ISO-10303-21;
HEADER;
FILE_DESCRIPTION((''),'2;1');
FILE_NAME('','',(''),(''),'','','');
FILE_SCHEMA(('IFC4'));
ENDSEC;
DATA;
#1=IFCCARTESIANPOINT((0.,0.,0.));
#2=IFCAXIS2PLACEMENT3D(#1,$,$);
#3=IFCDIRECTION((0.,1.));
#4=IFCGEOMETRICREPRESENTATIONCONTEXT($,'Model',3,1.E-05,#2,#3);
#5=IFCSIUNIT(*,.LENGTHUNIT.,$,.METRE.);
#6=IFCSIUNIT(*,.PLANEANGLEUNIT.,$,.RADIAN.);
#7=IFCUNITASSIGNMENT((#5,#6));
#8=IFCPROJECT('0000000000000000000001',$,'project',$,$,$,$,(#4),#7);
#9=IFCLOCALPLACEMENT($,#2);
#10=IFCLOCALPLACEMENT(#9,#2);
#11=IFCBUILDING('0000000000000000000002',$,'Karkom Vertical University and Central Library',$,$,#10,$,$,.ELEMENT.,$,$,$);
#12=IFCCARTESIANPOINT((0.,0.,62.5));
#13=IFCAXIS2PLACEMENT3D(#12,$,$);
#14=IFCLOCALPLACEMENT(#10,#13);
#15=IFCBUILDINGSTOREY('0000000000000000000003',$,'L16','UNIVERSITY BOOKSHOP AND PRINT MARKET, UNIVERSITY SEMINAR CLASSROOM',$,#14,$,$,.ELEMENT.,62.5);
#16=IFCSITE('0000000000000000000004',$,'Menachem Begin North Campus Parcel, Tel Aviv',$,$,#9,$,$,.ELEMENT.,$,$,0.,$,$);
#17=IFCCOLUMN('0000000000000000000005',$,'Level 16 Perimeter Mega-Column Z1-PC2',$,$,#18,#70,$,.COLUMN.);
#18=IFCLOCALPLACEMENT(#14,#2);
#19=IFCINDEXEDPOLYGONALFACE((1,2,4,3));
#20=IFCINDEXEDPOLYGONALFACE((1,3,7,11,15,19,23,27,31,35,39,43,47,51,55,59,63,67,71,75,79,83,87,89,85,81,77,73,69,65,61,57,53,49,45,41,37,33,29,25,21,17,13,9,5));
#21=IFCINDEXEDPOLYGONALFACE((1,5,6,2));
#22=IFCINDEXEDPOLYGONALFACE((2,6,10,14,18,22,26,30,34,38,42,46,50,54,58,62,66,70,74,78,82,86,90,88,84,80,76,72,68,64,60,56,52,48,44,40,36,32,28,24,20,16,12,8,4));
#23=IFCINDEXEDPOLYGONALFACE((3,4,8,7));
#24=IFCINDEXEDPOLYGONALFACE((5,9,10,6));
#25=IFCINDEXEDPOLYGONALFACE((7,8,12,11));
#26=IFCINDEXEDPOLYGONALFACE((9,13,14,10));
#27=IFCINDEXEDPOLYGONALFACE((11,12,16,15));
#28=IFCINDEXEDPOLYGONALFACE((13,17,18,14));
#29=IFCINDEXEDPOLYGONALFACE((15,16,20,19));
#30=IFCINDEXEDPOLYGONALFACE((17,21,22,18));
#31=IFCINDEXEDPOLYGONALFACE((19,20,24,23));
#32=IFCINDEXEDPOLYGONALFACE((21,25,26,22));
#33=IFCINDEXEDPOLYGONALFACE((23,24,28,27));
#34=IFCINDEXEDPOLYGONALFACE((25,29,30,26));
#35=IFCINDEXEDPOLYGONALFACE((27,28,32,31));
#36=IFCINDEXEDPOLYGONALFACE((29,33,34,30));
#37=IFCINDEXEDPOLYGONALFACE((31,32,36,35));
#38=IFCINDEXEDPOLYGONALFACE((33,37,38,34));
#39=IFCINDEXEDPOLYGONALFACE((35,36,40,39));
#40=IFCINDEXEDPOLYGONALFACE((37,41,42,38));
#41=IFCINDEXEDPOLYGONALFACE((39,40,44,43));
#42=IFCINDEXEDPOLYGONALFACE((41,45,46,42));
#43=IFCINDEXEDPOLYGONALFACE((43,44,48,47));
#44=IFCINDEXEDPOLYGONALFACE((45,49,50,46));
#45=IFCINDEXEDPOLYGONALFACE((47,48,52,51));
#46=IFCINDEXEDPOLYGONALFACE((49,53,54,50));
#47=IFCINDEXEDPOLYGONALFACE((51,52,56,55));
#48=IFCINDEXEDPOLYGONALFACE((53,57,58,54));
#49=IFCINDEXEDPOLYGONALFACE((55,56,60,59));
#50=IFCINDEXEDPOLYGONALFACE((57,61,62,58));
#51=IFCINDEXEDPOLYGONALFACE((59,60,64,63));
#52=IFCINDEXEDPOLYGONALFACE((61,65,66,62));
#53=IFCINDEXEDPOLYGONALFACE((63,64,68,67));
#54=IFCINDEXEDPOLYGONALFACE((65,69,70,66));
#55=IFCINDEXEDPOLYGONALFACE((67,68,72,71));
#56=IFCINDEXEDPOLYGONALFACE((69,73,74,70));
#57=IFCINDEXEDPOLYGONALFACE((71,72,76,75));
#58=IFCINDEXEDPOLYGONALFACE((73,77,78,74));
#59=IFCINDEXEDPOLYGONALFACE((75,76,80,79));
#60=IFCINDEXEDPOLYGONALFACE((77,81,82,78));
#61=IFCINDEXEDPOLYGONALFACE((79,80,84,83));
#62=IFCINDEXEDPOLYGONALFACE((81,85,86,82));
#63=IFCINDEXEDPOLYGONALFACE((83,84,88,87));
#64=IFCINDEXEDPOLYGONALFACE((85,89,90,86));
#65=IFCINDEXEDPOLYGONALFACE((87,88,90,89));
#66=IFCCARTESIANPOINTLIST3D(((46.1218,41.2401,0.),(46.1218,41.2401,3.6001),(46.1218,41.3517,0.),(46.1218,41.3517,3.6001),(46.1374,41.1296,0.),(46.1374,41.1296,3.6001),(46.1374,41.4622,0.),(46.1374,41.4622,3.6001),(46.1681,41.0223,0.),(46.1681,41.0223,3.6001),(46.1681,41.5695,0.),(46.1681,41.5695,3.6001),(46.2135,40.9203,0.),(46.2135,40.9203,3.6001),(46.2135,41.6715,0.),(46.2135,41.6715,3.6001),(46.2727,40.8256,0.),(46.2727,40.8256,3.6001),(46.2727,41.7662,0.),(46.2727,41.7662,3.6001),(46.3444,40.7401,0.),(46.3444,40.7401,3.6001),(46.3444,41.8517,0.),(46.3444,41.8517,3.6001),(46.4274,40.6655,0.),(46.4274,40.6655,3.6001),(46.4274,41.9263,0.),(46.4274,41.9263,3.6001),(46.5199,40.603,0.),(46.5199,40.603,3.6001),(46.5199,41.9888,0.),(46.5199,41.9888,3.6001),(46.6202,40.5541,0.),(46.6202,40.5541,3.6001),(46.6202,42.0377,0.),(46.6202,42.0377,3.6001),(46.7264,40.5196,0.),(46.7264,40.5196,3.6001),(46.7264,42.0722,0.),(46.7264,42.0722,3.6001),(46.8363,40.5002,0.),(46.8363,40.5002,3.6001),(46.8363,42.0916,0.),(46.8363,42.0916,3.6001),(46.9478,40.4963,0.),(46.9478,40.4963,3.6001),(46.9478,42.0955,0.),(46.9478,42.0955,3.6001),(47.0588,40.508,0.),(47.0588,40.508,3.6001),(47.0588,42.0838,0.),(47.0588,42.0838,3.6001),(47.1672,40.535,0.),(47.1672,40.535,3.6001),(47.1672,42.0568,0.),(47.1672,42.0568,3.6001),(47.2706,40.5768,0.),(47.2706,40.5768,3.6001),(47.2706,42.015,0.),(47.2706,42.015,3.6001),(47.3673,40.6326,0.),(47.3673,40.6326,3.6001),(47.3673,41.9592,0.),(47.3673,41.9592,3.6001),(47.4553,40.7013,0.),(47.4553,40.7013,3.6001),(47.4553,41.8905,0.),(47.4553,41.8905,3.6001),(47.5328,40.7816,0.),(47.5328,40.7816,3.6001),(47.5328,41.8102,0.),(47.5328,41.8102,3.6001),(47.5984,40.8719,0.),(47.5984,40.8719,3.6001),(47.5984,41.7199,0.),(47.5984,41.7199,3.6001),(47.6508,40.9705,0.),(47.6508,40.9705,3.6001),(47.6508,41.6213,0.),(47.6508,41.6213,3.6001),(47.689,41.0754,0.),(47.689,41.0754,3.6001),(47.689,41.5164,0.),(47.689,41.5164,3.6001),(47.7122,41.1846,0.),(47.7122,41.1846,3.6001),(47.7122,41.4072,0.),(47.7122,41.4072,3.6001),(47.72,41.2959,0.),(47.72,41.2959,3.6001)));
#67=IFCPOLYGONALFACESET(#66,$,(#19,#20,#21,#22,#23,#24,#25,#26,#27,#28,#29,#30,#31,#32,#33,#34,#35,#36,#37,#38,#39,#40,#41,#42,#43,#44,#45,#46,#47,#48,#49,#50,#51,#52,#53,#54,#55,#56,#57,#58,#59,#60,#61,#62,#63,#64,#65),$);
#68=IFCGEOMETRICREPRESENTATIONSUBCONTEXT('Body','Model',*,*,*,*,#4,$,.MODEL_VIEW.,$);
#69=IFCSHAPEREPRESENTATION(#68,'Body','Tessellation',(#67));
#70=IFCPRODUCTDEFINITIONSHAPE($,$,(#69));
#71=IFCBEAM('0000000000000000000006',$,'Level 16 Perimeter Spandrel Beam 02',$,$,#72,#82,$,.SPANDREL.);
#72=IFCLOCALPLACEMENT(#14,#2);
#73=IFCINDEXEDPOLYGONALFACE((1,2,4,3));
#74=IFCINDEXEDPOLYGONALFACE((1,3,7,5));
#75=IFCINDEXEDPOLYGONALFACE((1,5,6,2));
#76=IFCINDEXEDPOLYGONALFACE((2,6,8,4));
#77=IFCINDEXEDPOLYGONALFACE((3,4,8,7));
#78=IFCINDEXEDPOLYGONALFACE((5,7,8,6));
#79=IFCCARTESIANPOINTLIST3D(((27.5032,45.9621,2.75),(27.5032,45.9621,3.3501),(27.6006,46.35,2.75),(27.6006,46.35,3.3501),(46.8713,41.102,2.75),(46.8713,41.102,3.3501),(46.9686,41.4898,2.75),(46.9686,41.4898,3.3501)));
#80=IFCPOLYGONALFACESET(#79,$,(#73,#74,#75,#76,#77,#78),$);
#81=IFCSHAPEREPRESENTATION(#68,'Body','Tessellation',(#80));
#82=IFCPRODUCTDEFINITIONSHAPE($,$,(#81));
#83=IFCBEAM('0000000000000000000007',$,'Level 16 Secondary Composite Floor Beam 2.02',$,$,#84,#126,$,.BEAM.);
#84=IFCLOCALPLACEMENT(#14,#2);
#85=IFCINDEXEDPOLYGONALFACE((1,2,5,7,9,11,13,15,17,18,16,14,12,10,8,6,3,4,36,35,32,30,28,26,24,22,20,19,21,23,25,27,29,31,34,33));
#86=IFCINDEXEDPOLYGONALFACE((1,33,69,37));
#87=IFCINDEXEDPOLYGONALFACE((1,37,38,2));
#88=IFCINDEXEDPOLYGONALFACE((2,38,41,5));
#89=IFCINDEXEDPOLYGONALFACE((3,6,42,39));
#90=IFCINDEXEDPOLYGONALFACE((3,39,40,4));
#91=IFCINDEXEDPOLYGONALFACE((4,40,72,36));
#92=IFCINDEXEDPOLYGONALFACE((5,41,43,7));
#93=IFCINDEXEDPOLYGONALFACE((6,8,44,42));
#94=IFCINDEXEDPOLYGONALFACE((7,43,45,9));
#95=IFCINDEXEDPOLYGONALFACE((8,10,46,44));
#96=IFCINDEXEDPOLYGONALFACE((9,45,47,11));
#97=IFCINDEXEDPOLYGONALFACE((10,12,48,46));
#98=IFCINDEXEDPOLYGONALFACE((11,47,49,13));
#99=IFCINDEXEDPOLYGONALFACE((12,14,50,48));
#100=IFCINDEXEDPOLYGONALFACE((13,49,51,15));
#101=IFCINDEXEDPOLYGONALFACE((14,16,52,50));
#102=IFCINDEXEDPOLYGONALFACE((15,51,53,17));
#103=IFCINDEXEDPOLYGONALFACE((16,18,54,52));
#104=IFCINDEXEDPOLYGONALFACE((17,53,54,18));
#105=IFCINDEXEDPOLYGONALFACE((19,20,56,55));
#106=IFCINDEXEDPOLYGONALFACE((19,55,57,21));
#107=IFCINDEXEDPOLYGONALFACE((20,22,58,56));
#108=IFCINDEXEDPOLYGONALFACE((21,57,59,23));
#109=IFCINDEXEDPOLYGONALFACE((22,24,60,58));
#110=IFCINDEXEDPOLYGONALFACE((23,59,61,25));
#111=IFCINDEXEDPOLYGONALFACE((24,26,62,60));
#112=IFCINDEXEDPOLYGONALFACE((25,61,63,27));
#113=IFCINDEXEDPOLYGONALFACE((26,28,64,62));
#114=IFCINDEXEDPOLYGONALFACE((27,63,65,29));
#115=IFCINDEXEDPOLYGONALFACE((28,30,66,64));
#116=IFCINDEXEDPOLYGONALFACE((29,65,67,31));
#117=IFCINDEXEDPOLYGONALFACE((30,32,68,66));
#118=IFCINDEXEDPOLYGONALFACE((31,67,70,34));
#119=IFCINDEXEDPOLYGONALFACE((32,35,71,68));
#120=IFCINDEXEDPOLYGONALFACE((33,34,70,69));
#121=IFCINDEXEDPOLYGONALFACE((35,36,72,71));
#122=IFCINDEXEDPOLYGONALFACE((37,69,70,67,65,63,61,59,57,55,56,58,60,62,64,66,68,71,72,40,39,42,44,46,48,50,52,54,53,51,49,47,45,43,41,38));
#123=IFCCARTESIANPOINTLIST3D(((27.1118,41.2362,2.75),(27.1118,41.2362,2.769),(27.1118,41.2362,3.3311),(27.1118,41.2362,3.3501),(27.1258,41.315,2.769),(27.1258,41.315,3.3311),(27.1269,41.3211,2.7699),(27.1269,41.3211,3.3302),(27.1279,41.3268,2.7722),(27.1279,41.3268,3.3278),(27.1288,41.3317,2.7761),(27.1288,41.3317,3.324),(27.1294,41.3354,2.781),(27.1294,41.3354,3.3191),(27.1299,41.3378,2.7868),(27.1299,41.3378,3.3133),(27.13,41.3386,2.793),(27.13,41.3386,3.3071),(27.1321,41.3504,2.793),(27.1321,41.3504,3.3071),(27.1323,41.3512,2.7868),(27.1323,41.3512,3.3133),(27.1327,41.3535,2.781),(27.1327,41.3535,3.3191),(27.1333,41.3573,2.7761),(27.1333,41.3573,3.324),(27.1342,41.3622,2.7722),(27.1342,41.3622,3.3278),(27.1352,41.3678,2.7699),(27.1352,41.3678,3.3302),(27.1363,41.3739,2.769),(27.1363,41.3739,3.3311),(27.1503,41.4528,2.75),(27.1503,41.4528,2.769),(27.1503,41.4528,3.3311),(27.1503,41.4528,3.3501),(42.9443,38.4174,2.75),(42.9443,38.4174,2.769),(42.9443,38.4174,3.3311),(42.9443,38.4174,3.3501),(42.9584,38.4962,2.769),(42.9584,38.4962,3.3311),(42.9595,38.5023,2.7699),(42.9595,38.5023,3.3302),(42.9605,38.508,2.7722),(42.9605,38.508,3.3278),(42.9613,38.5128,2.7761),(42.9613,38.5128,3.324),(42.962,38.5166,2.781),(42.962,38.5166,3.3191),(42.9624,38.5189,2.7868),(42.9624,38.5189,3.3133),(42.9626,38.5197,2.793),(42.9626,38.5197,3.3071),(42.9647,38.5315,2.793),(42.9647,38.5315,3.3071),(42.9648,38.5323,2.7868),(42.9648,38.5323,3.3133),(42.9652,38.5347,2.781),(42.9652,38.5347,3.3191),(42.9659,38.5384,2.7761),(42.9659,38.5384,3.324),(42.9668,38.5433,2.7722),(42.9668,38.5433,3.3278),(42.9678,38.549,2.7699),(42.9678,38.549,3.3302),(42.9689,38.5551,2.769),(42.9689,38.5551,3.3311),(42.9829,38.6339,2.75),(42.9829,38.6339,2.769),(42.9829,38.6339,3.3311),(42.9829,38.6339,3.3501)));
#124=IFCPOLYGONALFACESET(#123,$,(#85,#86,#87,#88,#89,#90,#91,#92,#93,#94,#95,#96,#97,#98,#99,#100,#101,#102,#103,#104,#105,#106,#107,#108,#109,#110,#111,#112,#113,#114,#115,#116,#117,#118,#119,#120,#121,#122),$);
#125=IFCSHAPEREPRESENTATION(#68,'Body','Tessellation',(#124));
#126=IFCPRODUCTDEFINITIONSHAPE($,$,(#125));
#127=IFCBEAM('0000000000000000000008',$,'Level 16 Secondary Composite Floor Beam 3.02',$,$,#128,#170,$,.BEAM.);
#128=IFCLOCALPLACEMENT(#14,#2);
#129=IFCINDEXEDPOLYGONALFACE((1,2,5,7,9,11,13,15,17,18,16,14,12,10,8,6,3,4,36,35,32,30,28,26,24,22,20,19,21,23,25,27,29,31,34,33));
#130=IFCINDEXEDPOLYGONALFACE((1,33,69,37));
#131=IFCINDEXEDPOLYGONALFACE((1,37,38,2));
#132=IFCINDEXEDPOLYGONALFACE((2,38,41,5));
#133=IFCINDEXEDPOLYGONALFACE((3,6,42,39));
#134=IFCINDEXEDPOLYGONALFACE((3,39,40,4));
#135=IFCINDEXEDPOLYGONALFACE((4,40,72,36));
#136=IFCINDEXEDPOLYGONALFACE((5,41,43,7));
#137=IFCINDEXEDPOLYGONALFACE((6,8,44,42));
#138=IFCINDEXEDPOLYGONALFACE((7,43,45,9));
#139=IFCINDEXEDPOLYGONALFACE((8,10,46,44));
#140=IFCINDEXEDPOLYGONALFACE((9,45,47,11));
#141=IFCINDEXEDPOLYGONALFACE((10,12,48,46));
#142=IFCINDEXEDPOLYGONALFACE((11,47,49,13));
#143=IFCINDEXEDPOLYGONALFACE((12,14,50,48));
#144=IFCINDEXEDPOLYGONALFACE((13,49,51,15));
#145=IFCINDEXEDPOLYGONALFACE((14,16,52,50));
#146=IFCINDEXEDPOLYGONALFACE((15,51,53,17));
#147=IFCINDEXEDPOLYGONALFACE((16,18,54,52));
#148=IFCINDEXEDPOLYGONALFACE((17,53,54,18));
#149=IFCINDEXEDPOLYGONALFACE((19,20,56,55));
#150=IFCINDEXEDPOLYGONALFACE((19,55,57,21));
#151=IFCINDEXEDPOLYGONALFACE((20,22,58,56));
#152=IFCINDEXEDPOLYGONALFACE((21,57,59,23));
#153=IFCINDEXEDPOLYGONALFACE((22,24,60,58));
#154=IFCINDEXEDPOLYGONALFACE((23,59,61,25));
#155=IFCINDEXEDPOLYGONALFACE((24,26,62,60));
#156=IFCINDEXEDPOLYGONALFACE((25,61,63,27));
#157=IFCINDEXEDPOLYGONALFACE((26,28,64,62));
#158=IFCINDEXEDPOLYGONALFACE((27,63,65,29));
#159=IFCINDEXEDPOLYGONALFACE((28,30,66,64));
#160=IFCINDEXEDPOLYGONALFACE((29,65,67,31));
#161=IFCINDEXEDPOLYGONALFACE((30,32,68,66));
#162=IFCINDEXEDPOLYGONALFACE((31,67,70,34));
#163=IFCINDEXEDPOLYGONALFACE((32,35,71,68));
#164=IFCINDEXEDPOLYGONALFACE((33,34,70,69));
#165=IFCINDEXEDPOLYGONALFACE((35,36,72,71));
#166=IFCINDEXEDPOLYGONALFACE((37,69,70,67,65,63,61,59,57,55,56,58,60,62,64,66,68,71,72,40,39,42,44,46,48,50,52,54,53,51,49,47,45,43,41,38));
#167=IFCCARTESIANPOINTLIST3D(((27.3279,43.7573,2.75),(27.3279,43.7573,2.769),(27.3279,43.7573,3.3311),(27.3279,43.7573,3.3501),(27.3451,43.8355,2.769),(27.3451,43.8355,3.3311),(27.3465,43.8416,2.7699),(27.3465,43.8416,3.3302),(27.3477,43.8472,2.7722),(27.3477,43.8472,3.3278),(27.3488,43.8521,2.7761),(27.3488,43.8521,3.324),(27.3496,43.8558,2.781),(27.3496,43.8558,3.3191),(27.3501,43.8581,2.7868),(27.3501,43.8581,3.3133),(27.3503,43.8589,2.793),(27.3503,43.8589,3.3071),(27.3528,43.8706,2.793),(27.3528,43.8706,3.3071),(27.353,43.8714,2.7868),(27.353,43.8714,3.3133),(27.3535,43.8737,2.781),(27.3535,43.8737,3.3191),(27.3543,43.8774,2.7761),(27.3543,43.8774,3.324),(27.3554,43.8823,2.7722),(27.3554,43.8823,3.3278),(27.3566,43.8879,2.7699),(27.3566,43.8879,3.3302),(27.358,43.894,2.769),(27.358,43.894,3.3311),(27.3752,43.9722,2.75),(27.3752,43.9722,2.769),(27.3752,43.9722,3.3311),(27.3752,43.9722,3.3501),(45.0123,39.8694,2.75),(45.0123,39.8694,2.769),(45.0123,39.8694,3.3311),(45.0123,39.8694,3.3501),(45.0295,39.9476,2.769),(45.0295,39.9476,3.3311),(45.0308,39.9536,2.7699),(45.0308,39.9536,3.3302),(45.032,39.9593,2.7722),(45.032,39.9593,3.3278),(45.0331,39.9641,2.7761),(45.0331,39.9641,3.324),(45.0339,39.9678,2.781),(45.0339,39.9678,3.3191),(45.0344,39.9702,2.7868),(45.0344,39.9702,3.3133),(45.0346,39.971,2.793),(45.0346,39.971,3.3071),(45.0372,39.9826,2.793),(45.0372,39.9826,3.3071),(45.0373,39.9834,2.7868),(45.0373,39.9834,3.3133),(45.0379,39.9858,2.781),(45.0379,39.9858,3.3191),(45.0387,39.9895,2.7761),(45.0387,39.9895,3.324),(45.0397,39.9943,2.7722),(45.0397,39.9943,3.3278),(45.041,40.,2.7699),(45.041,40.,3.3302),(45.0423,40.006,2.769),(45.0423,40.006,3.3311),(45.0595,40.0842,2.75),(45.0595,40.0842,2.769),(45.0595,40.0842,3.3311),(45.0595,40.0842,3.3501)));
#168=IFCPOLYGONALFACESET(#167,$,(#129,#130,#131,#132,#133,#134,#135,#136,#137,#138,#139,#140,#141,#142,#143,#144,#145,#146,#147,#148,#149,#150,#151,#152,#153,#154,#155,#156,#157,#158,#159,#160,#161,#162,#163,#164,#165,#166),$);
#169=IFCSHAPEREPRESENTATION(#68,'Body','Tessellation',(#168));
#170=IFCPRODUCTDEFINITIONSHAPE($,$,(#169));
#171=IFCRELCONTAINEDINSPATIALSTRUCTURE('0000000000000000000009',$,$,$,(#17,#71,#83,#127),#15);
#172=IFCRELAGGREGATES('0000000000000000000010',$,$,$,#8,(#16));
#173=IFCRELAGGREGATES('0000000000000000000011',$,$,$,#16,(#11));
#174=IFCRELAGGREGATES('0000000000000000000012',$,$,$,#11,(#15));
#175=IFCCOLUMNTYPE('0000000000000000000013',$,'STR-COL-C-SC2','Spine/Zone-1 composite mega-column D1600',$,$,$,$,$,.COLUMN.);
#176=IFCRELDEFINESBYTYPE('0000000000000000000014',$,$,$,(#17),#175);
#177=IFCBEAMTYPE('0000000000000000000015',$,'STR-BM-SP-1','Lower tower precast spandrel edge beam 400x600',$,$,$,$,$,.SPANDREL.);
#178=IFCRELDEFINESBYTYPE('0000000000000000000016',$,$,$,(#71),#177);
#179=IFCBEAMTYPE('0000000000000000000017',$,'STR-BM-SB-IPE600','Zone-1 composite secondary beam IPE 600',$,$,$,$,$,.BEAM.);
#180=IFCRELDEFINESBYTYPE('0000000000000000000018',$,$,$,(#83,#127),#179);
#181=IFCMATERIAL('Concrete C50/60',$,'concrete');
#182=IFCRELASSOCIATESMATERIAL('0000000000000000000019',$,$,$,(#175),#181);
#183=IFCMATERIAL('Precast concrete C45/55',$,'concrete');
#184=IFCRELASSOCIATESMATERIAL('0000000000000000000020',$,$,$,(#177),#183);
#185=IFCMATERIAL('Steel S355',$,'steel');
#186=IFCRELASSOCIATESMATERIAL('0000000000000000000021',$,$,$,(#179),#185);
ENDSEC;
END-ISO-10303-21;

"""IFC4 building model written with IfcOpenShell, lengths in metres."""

from ifc_helpers import new_model, si_unit, direction, frame, origin, origin_with_axes, origin_2d, place, context, subcontext, project, spatial, rectangle, circle, i_section, extrude, source, transform, mapped, material, material_profile, profile_set, type_object, element, save


model = new_model("IFC4")

# Units and contexts
model_context = context("Model", 3, precision=1e-05, world=origin(), true_north=direction((0.0, 1.0)))
body_context = subcontext(model_context, "Body", "Model", "MODEL_VIEW")
ifc_project = project(units=[si_unit("LENGTHUNIT", "METRE"), si_unit("PLANEANGLEUNIT", "RADIAN")], contexts=[model_context])

# Site, building, storey
site_placement = place(None, origin())
site = spatial("IfcSite", under=ifc_project, at=site_placement, Name="Menachem Begin North Campus Parcel, Tel Aviv", CompositionType="ELEMENT", RefElevation=0.0)
building_placement = place(site_placement, origin())
building = spatial("IfcBuilding", under=site, at=building_placement, Name="Karkom Vertical University and Central Library", CompositionType="ELEMENT")
storey_placement = place(building_placement, frame((0.0, 0.0, 62.5)))
storey = spatial("IfcBuildingStorey", under=building, at=storey_placement, Name="L16", Description="UNIVERSITY BOOKSHOP AND PRINT MARKET, UNIVERSITY SEMINAR CLASSROOM", CompositionType="ELEMENT", Elevation=62.5)

# Column
ifc_material_1 = material(Name="Concrete C50/60", Category="concrete")
ifc_material_profile_1 = material_profile(ifc_material_1, circle(Radius=0.8, at=origin_2d()), Name="CFT-D1600")
ifc_profile_set_1 = profile_set([ifc_material_profile_1], Name="Concrete C50/60")
column_type = type_object("IfcColumnType", Name="STR-COL-C-SC2", Description="Spine/Zone-1 composite mega-column D1600", PredefinedType="COLUMN", material=ifc_profile_set_1)
shared_shape_1 = source(origin_with_axes(), body_context, "Body", "SweptSolid", [
    extrude(circle(Radius=0.8, at=origin_2d()), origin(), (0.0, 0.0, 1.0), 3.6001),
])
column_placement = place(storey_placement, frame((46.9199, 41.2959, 0.0), z_axis=(0.0, 0.0, 1.0), x_axis=(1.0, 0.0, 0.0)))
element("IfcColumn", 1, at=column_placement, inside=storey, type_object=column_type, Name="Level 16 Perimeter Mega-Column Z1-PC2", PredefinedType="COLUMN", context=body_context, shape_type="MappedRepresentation", body=[
    mapped(shared_shape_1, transform((0.0, 0.0, 0.0), scale=1.0)),
])

# Beams
ifc_material_2 = material(Name="Precast concrete C45/55", Category="concrete")
ifc_material_profile_2 = material_profile(ifc_material_2, rectangle(XDim=0.3999, YDim=0.6001, at=origin_2d()), Name="SPB-400x600")
ifc_profile_set_2 = profile_set([ifc_material_profile_2], Name="Precast concrete C45/55")
beam_type_1 = type_object("IfcBeamType", Name="STR-BM-SP-1", Description="Lower tower precast spandrel edge beam 400x600", PredefinedType="SPANDREL", material=ifc_profile_set_2)
shared_shape_2 = source(origin_with_axes(), body_context, "Body", "SweptSolid", [
    extrude(rectangle(XDim=0.3999, YDim=0.6001, at=origin_2d()), origin(), (0.0, 0.0, 1.0), 19.9685),
])
beam_1_placement = place(storey_placement, frame((46.9199, 41.2959, 3.05), z_axis=(-0.969929, 0.24339, 0.0), x_axis=(-0.24339, -0.969929, 0.0)))
element("IfcBeam", 2, at=beam_1_placement, inside=storey, type_object=beam_type_1, Name="Level 16 Perimeter Spandrel Beam 02", PredefinedType="SPANDREL", context=body_context, shape_type="MappedRepresentation", body=[
    mapped(shared_shape_2, transform((0.0, 0.0, 0.0), scale=1.0)),
])
ifc_material_3 = material(Name="Steel S355", Category="steel")
ifc_material_profile_3 = material_profile(ifc_material_3, i_section(OverallWidth=0.22, OverallDepth=0.6001, WebThickness=0.012, FlangeThickness=0.019, FilletRadius=0.0239, at=origin_2d()), Name="IPE 600")
ifc_profile_set_3 = profile_set([ifc_material_profile_3], Name="Steel S355")
beam_type_2 = type_object("IfcBeamType", Name="STR-BM-SB-IPE600", Description="Zone-1 composite secondary beam IPE 600", PredefinedType="BEAM", material=ifc_profile_set_3)
shared_shape_3 = source(origin_with_axes(), body_context, "Body", "SweptSolid", [
    extrude(i_section(OverallWidth=0.22, OverallDepth=0.6001, WebThickness=0.012, FlangeThickness=0.019, FilletRadius=0.0239, at=origin_2d()), origin(), (0.0, 0.0, 1.0), 16.0815),
])
beam_2_placement = place(storey_placement, frame((42.9636, 38.5256, 3.05), z_axis=(-0.984518, 0.175285, 0.0), x_axis=(-0.175285, -0.984518, 0.0)))
element("IfcBeam", 3, at=beam_2_placement, inside=storey, type_object=beam_type_2, Name="Level 16 Secondary Composite Floor Beam 2.02", PredefinedType="BEAM", context=body_context, shape_type="MappedRepresentation", body=[
    mapped(shared_shape_3, transform((0.0, 0.0, 0.0), scale=1.0)),
])
shared_shape_4 = source(origin_with_axes(), body_context, "Body", "SweptSolid", [
    extrude(i_section(OverallWidth=0.22, OverallDepth=0.6001, WebThickness=0.012, FlangeThickness=0.019, FilletRadius=0.0239, at=origin_2d()), origin(), (0.0, 0.0, 1.0), 18.1067),
])
beam_3_placement = place(storey_placement, frame((45.0359, 39.9768, 3.05), z_axis=(-0.976675, 0.214724, 0.0), x_axis=(-0.214724, -0.976675, 0.0)))
element("IfcBeam", 4, at=beam_3_placement, inside=storey, type_object=beam_type_2, Name="Level 16 Secondary Composite Floor Beam 3.02", PredefinedType="BEAM", context=body_context, shape_type="MappedRepresentation", body=[
    mapped(shared_shape_4, transform((0.0, 0.0, 0.0), scale=1.0)),
])

save(model, "model.ifc")
